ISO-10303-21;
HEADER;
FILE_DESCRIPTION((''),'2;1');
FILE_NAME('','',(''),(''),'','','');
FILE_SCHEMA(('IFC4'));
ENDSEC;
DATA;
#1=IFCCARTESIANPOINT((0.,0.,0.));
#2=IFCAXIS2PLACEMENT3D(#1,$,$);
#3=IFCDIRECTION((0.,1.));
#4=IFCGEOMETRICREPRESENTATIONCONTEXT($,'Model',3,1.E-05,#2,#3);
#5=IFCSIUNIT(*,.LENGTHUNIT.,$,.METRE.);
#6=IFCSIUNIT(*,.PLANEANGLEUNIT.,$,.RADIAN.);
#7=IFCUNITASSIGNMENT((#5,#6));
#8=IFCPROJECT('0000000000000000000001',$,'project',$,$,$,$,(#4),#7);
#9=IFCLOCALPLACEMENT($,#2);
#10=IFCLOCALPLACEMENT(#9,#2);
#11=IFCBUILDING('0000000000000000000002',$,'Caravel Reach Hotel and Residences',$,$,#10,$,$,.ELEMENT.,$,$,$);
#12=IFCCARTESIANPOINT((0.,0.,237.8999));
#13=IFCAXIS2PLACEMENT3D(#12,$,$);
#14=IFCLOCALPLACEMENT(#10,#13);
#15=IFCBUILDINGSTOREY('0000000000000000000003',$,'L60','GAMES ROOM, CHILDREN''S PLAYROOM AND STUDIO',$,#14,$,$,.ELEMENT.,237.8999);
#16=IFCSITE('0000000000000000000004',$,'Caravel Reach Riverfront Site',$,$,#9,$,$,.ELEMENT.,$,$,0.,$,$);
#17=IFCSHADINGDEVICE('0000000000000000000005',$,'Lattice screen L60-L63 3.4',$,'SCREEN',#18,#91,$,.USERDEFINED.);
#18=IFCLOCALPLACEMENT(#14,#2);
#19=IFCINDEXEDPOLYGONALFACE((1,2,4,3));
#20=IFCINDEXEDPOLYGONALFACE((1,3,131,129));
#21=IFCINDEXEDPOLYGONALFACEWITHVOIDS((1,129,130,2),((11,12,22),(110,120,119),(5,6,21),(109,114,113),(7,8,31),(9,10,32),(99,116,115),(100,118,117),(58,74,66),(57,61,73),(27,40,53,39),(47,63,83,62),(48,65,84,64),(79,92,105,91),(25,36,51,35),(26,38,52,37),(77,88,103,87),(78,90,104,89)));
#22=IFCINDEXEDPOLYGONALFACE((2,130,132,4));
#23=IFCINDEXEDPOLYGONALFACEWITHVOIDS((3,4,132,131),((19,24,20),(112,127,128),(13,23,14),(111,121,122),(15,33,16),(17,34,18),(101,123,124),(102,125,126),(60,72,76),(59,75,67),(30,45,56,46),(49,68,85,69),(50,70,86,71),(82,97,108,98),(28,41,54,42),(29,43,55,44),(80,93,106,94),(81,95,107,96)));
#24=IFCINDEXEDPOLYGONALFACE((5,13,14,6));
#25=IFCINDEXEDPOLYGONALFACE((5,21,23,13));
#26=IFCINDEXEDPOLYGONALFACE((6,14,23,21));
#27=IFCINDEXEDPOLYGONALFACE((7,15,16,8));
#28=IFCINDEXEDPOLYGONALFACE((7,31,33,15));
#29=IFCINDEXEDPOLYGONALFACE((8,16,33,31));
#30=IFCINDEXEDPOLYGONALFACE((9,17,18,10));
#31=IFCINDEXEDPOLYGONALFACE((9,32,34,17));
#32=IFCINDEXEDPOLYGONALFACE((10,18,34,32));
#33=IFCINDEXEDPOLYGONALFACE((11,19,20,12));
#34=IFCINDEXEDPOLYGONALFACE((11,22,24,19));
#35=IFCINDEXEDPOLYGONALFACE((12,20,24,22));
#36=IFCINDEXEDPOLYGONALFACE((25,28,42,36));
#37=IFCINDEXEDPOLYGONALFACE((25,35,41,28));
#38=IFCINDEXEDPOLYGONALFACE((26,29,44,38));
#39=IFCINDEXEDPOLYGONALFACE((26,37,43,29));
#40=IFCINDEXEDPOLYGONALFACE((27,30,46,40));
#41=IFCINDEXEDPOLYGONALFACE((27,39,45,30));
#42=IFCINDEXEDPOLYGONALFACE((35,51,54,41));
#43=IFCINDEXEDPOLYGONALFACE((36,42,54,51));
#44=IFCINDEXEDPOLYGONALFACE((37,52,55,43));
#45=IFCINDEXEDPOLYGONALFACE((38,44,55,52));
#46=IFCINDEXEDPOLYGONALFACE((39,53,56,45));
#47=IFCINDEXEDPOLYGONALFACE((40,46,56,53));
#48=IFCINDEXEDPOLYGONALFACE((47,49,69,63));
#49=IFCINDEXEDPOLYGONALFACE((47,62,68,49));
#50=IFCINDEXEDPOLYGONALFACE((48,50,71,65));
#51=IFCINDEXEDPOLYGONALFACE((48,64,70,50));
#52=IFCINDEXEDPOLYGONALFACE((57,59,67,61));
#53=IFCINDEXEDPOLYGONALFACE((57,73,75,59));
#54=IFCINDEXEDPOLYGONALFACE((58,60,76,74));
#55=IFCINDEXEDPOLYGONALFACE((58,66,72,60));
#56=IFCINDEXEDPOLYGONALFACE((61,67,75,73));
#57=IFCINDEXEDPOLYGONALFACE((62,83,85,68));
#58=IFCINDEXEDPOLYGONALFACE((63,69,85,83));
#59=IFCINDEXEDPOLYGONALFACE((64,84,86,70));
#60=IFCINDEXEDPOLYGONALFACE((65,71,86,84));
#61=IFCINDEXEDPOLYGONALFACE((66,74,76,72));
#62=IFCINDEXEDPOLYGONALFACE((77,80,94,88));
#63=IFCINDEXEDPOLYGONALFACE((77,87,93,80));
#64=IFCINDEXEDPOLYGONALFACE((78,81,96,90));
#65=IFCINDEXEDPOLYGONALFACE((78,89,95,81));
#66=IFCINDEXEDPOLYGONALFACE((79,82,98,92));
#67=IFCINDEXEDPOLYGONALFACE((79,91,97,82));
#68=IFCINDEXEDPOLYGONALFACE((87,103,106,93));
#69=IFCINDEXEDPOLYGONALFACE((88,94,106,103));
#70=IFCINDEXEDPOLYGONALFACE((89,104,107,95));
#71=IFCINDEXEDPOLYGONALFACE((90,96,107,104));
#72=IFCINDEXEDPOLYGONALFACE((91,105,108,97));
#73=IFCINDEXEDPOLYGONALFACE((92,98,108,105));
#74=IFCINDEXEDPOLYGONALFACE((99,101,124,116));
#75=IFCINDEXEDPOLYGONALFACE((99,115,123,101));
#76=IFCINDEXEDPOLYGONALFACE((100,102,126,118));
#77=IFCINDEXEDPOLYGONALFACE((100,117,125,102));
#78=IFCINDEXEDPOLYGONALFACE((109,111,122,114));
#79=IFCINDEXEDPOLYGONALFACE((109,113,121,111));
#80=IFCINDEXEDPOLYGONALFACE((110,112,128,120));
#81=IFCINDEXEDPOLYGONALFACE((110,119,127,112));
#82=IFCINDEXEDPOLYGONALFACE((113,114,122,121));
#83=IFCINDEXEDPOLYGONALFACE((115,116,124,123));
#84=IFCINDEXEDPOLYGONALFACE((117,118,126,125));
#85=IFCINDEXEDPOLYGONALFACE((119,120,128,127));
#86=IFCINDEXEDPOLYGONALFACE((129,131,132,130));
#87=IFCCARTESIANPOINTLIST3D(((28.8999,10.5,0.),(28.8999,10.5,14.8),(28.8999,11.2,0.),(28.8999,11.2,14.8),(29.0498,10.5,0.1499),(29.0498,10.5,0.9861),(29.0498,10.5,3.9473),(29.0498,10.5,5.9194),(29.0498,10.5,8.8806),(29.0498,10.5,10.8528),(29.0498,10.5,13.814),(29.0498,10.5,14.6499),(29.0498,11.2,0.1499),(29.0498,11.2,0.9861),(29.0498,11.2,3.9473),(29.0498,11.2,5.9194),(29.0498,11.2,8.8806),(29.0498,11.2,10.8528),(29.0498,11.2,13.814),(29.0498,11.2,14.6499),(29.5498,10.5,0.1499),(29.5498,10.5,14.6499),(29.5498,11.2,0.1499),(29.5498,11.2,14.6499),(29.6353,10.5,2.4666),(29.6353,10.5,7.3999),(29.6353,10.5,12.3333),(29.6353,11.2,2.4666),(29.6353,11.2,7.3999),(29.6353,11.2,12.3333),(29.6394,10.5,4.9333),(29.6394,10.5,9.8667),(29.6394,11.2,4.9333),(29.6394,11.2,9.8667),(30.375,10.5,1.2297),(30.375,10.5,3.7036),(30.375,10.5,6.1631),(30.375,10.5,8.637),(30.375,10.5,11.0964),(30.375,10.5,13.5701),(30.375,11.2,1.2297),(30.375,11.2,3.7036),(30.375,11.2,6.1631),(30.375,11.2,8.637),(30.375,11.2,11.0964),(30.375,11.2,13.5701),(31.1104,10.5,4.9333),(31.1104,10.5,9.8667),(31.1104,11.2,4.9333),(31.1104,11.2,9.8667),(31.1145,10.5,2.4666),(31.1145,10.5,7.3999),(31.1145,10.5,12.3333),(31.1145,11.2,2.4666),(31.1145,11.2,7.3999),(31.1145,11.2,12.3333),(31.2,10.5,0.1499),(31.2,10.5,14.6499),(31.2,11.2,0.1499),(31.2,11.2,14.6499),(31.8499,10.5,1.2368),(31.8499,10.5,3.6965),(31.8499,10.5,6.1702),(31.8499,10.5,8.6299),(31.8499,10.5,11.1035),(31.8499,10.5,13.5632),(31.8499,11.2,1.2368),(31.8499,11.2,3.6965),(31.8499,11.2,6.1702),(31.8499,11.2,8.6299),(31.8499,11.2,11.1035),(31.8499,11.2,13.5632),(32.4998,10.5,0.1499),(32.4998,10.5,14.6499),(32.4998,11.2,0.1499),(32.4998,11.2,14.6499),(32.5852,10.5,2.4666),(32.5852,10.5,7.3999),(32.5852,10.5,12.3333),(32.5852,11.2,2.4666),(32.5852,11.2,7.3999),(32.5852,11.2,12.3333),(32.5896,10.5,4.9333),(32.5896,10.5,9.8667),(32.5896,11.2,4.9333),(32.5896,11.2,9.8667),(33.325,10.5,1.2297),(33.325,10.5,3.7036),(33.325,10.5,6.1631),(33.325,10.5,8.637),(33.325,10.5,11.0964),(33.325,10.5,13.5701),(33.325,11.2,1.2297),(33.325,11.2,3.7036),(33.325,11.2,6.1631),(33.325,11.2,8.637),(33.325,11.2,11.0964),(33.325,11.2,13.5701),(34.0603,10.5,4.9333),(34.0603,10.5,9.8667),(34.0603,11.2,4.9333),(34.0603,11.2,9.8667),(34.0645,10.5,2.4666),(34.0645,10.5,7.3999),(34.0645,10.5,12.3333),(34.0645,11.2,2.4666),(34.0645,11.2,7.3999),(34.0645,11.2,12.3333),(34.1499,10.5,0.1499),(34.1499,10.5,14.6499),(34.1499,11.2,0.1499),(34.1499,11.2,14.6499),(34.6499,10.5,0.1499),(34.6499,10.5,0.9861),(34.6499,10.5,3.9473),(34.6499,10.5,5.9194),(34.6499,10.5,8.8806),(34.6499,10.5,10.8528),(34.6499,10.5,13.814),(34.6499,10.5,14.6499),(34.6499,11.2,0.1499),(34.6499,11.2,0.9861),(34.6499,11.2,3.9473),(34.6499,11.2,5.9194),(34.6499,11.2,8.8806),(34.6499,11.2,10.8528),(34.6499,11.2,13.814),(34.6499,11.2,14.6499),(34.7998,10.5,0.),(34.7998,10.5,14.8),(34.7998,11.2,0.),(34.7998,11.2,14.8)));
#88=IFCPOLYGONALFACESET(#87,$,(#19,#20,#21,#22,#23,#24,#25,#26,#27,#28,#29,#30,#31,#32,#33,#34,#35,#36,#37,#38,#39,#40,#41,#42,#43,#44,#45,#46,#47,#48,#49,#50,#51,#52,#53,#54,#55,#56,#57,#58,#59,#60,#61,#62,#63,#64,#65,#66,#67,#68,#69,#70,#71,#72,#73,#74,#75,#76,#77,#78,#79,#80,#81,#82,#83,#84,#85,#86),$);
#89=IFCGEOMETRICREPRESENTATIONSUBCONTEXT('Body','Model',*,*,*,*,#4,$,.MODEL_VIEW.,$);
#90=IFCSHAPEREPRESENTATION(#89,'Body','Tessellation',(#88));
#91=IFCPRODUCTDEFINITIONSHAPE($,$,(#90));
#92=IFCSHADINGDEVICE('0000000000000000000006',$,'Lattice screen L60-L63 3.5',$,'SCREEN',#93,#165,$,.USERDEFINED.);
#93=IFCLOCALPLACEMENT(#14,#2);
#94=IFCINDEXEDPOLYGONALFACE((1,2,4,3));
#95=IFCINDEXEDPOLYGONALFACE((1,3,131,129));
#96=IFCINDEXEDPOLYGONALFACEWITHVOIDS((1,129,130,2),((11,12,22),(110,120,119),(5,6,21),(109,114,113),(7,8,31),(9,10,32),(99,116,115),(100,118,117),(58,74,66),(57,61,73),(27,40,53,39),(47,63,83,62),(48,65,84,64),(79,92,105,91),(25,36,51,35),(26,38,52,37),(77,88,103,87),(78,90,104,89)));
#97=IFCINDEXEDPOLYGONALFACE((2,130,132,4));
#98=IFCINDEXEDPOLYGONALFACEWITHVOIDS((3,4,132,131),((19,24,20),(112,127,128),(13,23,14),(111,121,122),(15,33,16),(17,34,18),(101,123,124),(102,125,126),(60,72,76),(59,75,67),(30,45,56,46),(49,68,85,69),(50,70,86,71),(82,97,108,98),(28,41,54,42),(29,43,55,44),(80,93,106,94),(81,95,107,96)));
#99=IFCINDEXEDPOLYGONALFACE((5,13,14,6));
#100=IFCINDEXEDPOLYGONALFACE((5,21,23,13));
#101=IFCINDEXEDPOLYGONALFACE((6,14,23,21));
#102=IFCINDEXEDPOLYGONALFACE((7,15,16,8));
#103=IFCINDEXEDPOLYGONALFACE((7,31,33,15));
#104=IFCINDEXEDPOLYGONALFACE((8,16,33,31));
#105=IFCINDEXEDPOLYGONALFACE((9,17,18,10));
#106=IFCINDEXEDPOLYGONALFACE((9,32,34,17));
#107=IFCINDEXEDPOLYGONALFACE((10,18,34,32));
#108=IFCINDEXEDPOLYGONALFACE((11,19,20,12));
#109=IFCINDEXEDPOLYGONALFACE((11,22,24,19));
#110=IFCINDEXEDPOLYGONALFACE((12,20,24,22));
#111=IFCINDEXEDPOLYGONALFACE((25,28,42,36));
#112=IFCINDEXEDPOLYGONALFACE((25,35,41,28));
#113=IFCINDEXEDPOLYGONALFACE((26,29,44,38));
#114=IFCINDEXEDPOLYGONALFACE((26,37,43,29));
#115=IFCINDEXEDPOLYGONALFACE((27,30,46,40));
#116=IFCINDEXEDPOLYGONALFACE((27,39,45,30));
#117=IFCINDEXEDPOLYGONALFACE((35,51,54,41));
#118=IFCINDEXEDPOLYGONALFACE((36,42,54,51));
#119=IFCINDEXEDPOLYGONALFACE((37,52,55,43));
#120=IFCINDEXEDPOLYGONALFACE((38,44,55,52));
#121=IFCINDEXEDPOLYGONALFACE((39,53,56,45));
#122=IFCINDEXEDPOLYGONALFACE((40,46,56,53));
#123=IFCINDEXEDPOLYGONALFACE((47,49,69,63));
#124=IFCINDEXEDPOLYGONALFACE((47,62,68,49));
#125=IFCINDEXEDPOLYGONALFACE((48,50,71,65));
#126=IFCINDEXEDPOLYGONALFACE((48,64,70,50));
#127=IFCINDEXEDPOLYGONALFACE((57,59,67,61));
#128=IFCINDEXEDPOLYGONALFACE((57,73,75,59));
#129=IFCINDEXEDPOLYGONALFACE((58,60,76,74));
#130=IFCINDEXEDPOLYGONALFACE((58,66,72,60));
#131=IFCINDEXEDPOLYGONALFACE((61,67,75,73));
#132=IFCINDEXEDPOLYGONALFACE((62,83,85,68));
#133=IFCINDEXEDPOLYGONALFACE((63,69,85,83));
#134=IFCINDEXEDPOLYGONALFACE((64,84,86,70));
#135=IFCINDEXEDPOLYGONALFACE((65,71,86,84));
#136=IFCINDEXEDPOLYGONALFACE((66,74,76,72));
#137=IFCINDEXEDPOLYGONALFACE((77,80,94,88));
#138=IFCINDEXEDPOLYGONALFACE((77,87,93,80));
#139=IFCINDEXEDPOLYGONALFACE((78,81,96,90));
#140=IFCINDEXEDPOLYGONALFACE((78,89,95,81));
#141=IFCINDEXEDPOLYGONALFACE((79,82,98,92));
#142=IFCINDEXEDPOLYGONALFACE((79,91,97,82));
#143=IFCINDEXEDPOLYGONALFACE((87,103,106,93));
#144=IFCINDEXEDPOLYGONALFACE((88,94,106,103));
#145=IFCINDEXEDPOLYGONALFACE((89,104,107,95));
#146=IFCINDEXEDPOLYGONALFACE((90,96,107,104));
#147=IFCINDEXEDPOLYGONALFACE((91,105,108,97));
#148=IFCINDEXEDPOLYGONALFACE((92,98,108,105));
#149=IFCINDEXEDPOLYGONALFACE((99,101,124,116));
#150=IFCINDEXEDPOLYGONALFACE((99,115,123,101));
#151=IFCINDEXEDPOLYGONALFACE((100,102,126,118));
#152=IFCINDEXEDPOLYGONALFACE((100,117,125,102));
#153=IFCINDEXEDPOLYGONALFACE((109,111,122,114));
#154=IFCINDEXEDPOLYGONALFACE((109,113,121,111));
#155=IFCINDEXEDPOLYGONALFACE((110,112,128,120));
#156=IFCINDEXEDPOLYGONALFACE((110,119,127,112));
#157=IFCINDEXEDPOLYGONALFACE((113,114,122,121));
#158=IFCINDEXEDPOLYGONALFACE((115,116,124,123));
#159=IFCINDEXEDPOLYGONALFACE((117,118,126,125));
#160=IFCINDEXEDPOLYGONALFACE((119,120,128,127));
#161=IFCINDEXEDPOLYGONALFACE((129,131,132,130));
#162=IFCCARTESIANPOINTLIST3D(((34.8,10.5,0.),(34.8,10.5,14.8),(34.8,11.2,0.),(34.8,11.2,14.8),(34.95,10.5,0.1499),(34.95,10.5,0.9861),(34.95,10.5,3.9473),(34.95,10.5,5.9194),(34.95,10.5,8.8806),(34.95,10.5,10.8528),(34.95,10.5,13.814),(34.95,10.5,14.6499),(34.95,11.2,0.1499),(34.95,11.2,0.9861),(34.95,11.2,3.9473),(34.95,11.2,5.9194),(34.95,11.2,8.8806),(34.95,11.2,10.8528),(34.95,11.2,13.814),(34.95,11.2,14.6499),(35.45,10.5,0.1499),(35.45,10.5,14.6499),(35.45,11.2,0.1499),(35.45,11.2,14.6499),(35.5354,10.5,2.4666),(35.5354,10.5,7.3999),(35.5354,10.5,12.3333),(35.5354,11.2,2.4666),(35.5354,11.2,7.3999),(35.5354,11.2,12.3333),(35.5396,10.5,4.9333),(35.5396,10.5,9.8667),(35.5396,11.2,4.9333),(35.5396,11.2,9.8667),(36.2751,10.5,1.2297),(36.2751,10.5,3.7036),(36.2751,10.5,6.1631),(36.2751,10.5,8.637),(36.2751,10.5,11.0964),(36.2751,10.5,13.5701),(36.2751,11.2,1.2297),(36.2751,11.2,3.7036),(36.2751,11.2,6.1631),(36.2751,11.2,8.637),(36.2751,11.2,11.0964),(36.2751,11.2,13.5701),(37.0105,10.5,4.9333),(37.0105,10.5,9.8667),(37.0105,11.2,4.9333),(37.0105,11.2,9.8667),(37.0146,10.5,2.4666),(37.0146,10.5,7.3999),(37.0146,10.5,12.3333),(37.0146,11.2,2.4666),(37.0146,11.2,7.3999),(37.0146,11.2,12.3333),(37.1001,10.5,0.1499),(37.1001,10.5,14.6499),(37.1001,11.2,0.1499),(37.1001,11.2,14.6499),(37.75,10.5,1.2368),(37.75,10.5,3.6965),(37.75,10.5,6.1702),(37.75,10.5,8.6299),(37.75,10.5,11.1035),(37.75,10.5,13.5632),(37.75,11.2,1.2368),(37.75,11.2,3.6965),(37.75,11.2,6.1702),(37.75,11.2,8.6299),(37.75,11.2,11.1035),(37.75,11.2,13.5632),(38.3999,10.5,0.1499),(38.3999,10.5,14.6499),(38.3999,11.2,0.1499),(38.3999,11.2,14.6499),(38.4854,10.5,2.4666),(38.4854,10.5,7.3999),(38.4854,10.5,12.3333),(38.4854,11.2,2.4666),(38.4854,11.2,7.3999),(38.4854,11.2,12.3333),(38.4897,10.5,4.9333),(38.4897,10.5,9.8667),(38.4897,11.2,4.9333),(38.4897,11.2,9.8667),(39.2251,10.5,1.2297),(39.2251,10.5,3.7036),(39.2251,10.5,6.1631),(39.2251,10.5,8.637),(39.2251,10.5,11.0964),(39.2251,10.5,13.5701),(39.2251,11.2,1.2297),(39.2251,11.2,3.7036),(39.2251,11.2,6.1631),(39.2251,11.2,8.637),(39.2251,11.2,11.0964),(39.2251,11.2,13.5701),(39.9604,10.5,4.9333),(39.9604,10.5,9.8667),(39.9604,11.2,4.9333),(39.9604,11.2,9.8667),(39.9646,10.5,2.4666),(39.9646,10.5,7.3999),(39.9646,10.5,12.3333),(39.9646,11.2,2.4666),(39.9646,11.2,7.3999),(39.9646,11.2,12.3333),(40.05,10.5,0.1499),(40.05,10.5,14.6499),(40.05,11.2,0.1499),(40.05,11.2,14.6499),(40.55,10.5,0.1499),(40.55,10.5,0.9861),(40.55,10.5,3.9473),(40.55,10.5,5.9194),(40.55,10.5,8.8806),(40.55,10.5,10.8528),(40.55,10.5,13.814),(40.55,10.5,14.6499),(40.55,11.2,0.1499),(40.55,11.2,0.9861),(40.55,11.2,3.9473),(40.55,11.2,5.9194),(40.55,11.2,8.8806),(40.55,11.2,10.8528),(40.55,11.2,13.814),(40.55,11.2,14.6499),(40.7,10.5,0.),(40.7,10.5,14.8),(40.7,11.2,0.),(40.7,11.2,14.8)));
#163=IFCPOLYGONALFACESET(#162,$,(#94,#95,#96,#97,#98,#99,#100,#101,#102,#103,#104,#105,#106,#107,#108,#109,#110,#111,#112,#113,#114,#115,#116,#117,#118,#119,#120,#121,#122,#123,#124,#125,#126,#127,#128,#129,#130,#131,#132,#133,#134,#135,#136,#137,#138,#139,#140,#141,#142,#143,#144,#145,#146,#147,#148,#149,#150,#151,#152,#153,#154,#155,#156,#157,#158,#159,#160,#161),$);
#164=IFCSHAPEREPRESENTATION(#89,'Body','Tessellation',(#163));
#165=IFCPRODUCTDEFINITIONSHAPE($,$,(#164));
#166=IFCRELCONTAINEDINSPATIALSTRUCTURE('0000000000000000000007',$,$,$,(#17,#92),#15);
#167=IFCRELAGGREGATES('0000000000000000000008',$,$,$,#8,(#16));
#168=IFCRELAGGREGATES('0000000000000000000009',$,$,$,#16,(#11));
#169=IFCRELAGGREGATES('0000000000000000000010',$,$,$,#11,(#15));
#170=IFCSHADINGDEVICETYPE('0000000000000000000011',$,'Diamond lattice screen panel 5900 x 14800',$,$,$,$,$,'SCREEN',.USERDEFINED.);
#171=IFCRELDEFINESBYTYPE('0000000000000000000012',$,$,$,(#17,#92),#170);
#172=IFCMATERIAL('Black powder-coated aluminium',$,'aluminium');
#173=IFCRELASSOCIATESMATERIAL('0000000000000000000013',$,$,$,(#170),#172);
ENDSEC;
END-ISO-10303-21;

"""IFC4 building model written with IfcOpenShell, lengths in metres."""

from ifc_helpers import new_model, si_unit, direction, frame, origin, place, context, subcontext, project, spatial, polyline, outline, extrude, material, type_object, element, save


model = new_model("IFC4")

# Units and contexts
model_context = context("Model", 3, precision=1e-05, world=origin(), true_north=direction((0.0, 1.0)))
body_context = subcontext(model_context, "Body", "Model", "MODEL_VIEW")
ifc_project = project(units=[si_unit("LENGTHUNIT", "METRE"), si_unit("PLANEANGLEUNIT", "RADIAN")], contexts=[model_context])

# Site, building, storey
site_placement = place(None, origin())
site = spatial("IfcSite", under=ifc_project, at=site_placement, Name="Caravel Reach Riverfront Site", CompositionType="ELEMENT", RefElevation=0.0)
building_placement = place(site_placement, origin())
building = spatial("IfcBuilding", under=site, at=building_placement, Name="Caravel Reach Hotel and Residences", CompositionType="ELEMENT")
storey_placement = place(building_placement, frame((0.0, 0.0, 237.8999)))
storey = spatial("IfcBuildingStorey", under=building, at=storey_placement, Name="L60", Description="GAMES ROOM, CHILDREN'S PLAYROOM AND STUDIO", CompositionType="ELEMENT", Elevation=237.8999)

# Shading devices
ifc_material_1 = material(Name="Black powder-coated aluminium", Category="aluminium")
shading_device_type = type_object("IfcShadingDeviceType", Name="Diamond lattice screen panel 5900 x 14800", ElementType="SCREEN", PredefinedType="USERDEFINED", material=ifc_material_1)
shading_device_1_placement = place(storey_placement, frame((28.8999, 11.2, 0.0), z_axis=(0.0, -1.0, 0.0), x_axis=(1.0, 0.0, 0.0)))
element("IfcShadingDevice", 1, at=shading_device_1_placement, inside=storey, type_object=shading_device_type, Name="Lattice screen L60-L63 3.4", ObjectType="SCREEN", PredefinedType="USERDEFINED", context=body_context, shape_type="SweptSolid", body=[
    extrude(outline(polyline([(0.0, 0.0), (5.8999, 0.0), (5.8999, 14.8), (0.0, 14.8), (0.0, 0.0)]), holes=[polyline([(0.6499, 0.1499), (0.1499, 0.9861), (0.1499, 0.1499), (0.6499, 0.1499)]), polyline([(0.7395, 4.9333), (0.1499, 5.9194), (0.1499, 3.9473), (0.7395, 4.9333)]), polyline([(0.7395, 9.8667), (0.1499, 10.8528), (0.1499, 8.8806), (0.7395, 9.8667)]), polyline([(0.1499, 13.814), (0.6499, 14.6499), (0.1499, 14.6499), (0.1499, 13.814)]), polyline([(1.4751, 3.7036), (0.7354, 2.4666), (1.4751, 1.2297), (2.2146, 2.4666), (1.4751, 3.7036)]), polyline([(1.4751, 8.637), (0.7354, 7.3999), (1.4751, 6.1631), (2.2146, 7.3999), (1.4751, 8.637)]), polyline([(1.4751, 13.5701), (0.7354, 12.3333), (1.4751, 11.0964), (2.2146, 12.3333), (1.4751, 13.5701)]), polyline([(2.95, 1.2368), (2.3, 0.1499), (3.5999, 0.1499), (2.95, 1.2368)]), polyline([(2.95, 6.1702), (2.2104, 4.9333), (2.95, 3.6965), (3.6897, 4.9333), (2.95, 6.1702)]), polyline([(2.95, 11.1035), (2.2104, 9.8667), (2.95, 8.6299), (3.6897, 9.8667), (2.95, 11.1035)]), polyline([(2.95, 13.5632), (3.5999, 14.6499), (2.3, 14.6499), (2.95, 13.5632)]), polyline([(4.425, 3.7036), (3.6853, 2.4666), (4.425, 1.2297), (5.1646, 2.4666), (4.425, 3.7036)]), polyline([(4.425, 8.637), (3.6853, 7.3999), (4.425, 6.1631), (5.1646, 7.3999), (4.425, 8.637)]), polyline([(4.425, 13.5701), (3.6853, 12.3333), (4.425, 11.0964), (5.1646, 12.3333), (4.425, 13.5701)]), polyline([(5.75, 0.9861), (5.25, 0.1499), (5.75, 0.1499), (5.75, 0.9861)]), polyline([(5.1604, 4.9333), (5.75, 3.9473), (5.75, 5.9194), (5.1604, 4.9333)]), polyline([(5.1604, 9.8667), (5.75, 8.8806), (5.75, 10.8528), (5.1604, 9.8667)]), polyline([(5.25, 14.6499), (5.75, 13.814), (5.75, 14.6499), (5.25, 14.6499)])]), origin(), (0.0, 0.0, 1.0), 0.7),
])
shading_device_2_placement = place(storey_placement, frame((34.8, 11.2, 0.0), z_axis=(0.0, -1.0, 0.0), x_axis=(1.0, 0.0, 0.0)))
element("IfcShadingDevice", 2, at=shading_device_2_placement, inside=storey, type_object=shading_device_type, Name="Lattice screen L60-L63 3.5", ObjectType="SCREEN", PredefinedType="USERDEFINED", context=body_context, shape_type="SweptSolid", body=[
    extrude(outline(polyline([(0.0, 0.0), (5.8999, 0.0), (5.8999, 14.8), (0.0, 14.8), (0.0, 0.0)]), holes=[polyline([(0.6499, 0.1499), (0.1499, 0.9861), (0.1499, 0.1499), (0.6499, 0.1499)]), polyline([(0.7395, 4.9333), (0.1499, 5.9194), (0.1499, 3.9473), (0.7395, 4.9333)]), polyline([(0.7395, 9.8667), (0.1499, 10.8528), (0.1499, 8.8806), (0.7395, 9.8667)]), polyline([(0.1499, 13.814), (0.6499, 14.6499), (0.1499, 14.6499), (0.1499, 13.814)]), polyline([(1.4751, 3.7036), (0.7354, 2.4666), (1.4751, 1.2297), (2.2146, 2.4666), (1.4751, 3.7036)]), polyline([(1.4751, 8.637), (0.7354, 7.3999), (1.4751, 6.1631), (2.2146, 7.3999), (1.4751, 8.637)]), polyline([(1.4751, 13.5701), (0.7354, 12.3333), (1.4751, 11.0964), (2.2146, 12.3333), (1.4751, 13.5701)]), polyline([(2.95, 1.2368), (2.3, 0.1499), (3.5999, 0.1499), (2.95, 1.2368)]), polyline([(2.95, 6.1702), (2.2104, 4.9333), (2.95, 3.6965), (3.6897, 4.9333), (2.95, 6.1702)]), polyline([(2.95, 11.1035), (2.2104, 9.8667), (2.95, 8.6299), (3.6897, 9.8667), (2.95, 11.1035)]), polyline([(2.95, 13.5632), (3.5999, 14.6499), (2.3, 14.6499), (2.95, 13.5632)]), polyline([(4.425, 3.7036), (3.6853, 2.4666), (4.425, 1.2297), (5.1646, 2.4666), (4.425, 3.7036)]), polyline([(4.425, 8.637), (3.6853, 7.3999), (4.425, 6.1631), (5.1646, 7.3999), (4.425, 8.637)]), polyline([(4.425, 13.5701), (3.6853, 12.3333), (4.425, 11.0964), (5.1646, 12.3333), (4.425, 13.5701)]), polyline([(5.75, 0.9861), (5.25, 0.1499), (5.75, 0.1499), (5.75, 0.9861)]), polyline([(5.1604, 4.9333), (5.75, 3.9473), (5.75, 5.9194), (5.1604, 4.9333)]), polyline([(5.1604, 9.8667), (5.75, 8.8806), (5.75, 10.8528), (5.1604, 9.8667)]), polyline([(5.25, 14.6499), (5.75, 13.814), (5.75, 14.6499), (5.25, 14.6499)])]), origin(), (0.0, 0.0, 1.0), 0.7),
])

save(model, "model.ifc")
